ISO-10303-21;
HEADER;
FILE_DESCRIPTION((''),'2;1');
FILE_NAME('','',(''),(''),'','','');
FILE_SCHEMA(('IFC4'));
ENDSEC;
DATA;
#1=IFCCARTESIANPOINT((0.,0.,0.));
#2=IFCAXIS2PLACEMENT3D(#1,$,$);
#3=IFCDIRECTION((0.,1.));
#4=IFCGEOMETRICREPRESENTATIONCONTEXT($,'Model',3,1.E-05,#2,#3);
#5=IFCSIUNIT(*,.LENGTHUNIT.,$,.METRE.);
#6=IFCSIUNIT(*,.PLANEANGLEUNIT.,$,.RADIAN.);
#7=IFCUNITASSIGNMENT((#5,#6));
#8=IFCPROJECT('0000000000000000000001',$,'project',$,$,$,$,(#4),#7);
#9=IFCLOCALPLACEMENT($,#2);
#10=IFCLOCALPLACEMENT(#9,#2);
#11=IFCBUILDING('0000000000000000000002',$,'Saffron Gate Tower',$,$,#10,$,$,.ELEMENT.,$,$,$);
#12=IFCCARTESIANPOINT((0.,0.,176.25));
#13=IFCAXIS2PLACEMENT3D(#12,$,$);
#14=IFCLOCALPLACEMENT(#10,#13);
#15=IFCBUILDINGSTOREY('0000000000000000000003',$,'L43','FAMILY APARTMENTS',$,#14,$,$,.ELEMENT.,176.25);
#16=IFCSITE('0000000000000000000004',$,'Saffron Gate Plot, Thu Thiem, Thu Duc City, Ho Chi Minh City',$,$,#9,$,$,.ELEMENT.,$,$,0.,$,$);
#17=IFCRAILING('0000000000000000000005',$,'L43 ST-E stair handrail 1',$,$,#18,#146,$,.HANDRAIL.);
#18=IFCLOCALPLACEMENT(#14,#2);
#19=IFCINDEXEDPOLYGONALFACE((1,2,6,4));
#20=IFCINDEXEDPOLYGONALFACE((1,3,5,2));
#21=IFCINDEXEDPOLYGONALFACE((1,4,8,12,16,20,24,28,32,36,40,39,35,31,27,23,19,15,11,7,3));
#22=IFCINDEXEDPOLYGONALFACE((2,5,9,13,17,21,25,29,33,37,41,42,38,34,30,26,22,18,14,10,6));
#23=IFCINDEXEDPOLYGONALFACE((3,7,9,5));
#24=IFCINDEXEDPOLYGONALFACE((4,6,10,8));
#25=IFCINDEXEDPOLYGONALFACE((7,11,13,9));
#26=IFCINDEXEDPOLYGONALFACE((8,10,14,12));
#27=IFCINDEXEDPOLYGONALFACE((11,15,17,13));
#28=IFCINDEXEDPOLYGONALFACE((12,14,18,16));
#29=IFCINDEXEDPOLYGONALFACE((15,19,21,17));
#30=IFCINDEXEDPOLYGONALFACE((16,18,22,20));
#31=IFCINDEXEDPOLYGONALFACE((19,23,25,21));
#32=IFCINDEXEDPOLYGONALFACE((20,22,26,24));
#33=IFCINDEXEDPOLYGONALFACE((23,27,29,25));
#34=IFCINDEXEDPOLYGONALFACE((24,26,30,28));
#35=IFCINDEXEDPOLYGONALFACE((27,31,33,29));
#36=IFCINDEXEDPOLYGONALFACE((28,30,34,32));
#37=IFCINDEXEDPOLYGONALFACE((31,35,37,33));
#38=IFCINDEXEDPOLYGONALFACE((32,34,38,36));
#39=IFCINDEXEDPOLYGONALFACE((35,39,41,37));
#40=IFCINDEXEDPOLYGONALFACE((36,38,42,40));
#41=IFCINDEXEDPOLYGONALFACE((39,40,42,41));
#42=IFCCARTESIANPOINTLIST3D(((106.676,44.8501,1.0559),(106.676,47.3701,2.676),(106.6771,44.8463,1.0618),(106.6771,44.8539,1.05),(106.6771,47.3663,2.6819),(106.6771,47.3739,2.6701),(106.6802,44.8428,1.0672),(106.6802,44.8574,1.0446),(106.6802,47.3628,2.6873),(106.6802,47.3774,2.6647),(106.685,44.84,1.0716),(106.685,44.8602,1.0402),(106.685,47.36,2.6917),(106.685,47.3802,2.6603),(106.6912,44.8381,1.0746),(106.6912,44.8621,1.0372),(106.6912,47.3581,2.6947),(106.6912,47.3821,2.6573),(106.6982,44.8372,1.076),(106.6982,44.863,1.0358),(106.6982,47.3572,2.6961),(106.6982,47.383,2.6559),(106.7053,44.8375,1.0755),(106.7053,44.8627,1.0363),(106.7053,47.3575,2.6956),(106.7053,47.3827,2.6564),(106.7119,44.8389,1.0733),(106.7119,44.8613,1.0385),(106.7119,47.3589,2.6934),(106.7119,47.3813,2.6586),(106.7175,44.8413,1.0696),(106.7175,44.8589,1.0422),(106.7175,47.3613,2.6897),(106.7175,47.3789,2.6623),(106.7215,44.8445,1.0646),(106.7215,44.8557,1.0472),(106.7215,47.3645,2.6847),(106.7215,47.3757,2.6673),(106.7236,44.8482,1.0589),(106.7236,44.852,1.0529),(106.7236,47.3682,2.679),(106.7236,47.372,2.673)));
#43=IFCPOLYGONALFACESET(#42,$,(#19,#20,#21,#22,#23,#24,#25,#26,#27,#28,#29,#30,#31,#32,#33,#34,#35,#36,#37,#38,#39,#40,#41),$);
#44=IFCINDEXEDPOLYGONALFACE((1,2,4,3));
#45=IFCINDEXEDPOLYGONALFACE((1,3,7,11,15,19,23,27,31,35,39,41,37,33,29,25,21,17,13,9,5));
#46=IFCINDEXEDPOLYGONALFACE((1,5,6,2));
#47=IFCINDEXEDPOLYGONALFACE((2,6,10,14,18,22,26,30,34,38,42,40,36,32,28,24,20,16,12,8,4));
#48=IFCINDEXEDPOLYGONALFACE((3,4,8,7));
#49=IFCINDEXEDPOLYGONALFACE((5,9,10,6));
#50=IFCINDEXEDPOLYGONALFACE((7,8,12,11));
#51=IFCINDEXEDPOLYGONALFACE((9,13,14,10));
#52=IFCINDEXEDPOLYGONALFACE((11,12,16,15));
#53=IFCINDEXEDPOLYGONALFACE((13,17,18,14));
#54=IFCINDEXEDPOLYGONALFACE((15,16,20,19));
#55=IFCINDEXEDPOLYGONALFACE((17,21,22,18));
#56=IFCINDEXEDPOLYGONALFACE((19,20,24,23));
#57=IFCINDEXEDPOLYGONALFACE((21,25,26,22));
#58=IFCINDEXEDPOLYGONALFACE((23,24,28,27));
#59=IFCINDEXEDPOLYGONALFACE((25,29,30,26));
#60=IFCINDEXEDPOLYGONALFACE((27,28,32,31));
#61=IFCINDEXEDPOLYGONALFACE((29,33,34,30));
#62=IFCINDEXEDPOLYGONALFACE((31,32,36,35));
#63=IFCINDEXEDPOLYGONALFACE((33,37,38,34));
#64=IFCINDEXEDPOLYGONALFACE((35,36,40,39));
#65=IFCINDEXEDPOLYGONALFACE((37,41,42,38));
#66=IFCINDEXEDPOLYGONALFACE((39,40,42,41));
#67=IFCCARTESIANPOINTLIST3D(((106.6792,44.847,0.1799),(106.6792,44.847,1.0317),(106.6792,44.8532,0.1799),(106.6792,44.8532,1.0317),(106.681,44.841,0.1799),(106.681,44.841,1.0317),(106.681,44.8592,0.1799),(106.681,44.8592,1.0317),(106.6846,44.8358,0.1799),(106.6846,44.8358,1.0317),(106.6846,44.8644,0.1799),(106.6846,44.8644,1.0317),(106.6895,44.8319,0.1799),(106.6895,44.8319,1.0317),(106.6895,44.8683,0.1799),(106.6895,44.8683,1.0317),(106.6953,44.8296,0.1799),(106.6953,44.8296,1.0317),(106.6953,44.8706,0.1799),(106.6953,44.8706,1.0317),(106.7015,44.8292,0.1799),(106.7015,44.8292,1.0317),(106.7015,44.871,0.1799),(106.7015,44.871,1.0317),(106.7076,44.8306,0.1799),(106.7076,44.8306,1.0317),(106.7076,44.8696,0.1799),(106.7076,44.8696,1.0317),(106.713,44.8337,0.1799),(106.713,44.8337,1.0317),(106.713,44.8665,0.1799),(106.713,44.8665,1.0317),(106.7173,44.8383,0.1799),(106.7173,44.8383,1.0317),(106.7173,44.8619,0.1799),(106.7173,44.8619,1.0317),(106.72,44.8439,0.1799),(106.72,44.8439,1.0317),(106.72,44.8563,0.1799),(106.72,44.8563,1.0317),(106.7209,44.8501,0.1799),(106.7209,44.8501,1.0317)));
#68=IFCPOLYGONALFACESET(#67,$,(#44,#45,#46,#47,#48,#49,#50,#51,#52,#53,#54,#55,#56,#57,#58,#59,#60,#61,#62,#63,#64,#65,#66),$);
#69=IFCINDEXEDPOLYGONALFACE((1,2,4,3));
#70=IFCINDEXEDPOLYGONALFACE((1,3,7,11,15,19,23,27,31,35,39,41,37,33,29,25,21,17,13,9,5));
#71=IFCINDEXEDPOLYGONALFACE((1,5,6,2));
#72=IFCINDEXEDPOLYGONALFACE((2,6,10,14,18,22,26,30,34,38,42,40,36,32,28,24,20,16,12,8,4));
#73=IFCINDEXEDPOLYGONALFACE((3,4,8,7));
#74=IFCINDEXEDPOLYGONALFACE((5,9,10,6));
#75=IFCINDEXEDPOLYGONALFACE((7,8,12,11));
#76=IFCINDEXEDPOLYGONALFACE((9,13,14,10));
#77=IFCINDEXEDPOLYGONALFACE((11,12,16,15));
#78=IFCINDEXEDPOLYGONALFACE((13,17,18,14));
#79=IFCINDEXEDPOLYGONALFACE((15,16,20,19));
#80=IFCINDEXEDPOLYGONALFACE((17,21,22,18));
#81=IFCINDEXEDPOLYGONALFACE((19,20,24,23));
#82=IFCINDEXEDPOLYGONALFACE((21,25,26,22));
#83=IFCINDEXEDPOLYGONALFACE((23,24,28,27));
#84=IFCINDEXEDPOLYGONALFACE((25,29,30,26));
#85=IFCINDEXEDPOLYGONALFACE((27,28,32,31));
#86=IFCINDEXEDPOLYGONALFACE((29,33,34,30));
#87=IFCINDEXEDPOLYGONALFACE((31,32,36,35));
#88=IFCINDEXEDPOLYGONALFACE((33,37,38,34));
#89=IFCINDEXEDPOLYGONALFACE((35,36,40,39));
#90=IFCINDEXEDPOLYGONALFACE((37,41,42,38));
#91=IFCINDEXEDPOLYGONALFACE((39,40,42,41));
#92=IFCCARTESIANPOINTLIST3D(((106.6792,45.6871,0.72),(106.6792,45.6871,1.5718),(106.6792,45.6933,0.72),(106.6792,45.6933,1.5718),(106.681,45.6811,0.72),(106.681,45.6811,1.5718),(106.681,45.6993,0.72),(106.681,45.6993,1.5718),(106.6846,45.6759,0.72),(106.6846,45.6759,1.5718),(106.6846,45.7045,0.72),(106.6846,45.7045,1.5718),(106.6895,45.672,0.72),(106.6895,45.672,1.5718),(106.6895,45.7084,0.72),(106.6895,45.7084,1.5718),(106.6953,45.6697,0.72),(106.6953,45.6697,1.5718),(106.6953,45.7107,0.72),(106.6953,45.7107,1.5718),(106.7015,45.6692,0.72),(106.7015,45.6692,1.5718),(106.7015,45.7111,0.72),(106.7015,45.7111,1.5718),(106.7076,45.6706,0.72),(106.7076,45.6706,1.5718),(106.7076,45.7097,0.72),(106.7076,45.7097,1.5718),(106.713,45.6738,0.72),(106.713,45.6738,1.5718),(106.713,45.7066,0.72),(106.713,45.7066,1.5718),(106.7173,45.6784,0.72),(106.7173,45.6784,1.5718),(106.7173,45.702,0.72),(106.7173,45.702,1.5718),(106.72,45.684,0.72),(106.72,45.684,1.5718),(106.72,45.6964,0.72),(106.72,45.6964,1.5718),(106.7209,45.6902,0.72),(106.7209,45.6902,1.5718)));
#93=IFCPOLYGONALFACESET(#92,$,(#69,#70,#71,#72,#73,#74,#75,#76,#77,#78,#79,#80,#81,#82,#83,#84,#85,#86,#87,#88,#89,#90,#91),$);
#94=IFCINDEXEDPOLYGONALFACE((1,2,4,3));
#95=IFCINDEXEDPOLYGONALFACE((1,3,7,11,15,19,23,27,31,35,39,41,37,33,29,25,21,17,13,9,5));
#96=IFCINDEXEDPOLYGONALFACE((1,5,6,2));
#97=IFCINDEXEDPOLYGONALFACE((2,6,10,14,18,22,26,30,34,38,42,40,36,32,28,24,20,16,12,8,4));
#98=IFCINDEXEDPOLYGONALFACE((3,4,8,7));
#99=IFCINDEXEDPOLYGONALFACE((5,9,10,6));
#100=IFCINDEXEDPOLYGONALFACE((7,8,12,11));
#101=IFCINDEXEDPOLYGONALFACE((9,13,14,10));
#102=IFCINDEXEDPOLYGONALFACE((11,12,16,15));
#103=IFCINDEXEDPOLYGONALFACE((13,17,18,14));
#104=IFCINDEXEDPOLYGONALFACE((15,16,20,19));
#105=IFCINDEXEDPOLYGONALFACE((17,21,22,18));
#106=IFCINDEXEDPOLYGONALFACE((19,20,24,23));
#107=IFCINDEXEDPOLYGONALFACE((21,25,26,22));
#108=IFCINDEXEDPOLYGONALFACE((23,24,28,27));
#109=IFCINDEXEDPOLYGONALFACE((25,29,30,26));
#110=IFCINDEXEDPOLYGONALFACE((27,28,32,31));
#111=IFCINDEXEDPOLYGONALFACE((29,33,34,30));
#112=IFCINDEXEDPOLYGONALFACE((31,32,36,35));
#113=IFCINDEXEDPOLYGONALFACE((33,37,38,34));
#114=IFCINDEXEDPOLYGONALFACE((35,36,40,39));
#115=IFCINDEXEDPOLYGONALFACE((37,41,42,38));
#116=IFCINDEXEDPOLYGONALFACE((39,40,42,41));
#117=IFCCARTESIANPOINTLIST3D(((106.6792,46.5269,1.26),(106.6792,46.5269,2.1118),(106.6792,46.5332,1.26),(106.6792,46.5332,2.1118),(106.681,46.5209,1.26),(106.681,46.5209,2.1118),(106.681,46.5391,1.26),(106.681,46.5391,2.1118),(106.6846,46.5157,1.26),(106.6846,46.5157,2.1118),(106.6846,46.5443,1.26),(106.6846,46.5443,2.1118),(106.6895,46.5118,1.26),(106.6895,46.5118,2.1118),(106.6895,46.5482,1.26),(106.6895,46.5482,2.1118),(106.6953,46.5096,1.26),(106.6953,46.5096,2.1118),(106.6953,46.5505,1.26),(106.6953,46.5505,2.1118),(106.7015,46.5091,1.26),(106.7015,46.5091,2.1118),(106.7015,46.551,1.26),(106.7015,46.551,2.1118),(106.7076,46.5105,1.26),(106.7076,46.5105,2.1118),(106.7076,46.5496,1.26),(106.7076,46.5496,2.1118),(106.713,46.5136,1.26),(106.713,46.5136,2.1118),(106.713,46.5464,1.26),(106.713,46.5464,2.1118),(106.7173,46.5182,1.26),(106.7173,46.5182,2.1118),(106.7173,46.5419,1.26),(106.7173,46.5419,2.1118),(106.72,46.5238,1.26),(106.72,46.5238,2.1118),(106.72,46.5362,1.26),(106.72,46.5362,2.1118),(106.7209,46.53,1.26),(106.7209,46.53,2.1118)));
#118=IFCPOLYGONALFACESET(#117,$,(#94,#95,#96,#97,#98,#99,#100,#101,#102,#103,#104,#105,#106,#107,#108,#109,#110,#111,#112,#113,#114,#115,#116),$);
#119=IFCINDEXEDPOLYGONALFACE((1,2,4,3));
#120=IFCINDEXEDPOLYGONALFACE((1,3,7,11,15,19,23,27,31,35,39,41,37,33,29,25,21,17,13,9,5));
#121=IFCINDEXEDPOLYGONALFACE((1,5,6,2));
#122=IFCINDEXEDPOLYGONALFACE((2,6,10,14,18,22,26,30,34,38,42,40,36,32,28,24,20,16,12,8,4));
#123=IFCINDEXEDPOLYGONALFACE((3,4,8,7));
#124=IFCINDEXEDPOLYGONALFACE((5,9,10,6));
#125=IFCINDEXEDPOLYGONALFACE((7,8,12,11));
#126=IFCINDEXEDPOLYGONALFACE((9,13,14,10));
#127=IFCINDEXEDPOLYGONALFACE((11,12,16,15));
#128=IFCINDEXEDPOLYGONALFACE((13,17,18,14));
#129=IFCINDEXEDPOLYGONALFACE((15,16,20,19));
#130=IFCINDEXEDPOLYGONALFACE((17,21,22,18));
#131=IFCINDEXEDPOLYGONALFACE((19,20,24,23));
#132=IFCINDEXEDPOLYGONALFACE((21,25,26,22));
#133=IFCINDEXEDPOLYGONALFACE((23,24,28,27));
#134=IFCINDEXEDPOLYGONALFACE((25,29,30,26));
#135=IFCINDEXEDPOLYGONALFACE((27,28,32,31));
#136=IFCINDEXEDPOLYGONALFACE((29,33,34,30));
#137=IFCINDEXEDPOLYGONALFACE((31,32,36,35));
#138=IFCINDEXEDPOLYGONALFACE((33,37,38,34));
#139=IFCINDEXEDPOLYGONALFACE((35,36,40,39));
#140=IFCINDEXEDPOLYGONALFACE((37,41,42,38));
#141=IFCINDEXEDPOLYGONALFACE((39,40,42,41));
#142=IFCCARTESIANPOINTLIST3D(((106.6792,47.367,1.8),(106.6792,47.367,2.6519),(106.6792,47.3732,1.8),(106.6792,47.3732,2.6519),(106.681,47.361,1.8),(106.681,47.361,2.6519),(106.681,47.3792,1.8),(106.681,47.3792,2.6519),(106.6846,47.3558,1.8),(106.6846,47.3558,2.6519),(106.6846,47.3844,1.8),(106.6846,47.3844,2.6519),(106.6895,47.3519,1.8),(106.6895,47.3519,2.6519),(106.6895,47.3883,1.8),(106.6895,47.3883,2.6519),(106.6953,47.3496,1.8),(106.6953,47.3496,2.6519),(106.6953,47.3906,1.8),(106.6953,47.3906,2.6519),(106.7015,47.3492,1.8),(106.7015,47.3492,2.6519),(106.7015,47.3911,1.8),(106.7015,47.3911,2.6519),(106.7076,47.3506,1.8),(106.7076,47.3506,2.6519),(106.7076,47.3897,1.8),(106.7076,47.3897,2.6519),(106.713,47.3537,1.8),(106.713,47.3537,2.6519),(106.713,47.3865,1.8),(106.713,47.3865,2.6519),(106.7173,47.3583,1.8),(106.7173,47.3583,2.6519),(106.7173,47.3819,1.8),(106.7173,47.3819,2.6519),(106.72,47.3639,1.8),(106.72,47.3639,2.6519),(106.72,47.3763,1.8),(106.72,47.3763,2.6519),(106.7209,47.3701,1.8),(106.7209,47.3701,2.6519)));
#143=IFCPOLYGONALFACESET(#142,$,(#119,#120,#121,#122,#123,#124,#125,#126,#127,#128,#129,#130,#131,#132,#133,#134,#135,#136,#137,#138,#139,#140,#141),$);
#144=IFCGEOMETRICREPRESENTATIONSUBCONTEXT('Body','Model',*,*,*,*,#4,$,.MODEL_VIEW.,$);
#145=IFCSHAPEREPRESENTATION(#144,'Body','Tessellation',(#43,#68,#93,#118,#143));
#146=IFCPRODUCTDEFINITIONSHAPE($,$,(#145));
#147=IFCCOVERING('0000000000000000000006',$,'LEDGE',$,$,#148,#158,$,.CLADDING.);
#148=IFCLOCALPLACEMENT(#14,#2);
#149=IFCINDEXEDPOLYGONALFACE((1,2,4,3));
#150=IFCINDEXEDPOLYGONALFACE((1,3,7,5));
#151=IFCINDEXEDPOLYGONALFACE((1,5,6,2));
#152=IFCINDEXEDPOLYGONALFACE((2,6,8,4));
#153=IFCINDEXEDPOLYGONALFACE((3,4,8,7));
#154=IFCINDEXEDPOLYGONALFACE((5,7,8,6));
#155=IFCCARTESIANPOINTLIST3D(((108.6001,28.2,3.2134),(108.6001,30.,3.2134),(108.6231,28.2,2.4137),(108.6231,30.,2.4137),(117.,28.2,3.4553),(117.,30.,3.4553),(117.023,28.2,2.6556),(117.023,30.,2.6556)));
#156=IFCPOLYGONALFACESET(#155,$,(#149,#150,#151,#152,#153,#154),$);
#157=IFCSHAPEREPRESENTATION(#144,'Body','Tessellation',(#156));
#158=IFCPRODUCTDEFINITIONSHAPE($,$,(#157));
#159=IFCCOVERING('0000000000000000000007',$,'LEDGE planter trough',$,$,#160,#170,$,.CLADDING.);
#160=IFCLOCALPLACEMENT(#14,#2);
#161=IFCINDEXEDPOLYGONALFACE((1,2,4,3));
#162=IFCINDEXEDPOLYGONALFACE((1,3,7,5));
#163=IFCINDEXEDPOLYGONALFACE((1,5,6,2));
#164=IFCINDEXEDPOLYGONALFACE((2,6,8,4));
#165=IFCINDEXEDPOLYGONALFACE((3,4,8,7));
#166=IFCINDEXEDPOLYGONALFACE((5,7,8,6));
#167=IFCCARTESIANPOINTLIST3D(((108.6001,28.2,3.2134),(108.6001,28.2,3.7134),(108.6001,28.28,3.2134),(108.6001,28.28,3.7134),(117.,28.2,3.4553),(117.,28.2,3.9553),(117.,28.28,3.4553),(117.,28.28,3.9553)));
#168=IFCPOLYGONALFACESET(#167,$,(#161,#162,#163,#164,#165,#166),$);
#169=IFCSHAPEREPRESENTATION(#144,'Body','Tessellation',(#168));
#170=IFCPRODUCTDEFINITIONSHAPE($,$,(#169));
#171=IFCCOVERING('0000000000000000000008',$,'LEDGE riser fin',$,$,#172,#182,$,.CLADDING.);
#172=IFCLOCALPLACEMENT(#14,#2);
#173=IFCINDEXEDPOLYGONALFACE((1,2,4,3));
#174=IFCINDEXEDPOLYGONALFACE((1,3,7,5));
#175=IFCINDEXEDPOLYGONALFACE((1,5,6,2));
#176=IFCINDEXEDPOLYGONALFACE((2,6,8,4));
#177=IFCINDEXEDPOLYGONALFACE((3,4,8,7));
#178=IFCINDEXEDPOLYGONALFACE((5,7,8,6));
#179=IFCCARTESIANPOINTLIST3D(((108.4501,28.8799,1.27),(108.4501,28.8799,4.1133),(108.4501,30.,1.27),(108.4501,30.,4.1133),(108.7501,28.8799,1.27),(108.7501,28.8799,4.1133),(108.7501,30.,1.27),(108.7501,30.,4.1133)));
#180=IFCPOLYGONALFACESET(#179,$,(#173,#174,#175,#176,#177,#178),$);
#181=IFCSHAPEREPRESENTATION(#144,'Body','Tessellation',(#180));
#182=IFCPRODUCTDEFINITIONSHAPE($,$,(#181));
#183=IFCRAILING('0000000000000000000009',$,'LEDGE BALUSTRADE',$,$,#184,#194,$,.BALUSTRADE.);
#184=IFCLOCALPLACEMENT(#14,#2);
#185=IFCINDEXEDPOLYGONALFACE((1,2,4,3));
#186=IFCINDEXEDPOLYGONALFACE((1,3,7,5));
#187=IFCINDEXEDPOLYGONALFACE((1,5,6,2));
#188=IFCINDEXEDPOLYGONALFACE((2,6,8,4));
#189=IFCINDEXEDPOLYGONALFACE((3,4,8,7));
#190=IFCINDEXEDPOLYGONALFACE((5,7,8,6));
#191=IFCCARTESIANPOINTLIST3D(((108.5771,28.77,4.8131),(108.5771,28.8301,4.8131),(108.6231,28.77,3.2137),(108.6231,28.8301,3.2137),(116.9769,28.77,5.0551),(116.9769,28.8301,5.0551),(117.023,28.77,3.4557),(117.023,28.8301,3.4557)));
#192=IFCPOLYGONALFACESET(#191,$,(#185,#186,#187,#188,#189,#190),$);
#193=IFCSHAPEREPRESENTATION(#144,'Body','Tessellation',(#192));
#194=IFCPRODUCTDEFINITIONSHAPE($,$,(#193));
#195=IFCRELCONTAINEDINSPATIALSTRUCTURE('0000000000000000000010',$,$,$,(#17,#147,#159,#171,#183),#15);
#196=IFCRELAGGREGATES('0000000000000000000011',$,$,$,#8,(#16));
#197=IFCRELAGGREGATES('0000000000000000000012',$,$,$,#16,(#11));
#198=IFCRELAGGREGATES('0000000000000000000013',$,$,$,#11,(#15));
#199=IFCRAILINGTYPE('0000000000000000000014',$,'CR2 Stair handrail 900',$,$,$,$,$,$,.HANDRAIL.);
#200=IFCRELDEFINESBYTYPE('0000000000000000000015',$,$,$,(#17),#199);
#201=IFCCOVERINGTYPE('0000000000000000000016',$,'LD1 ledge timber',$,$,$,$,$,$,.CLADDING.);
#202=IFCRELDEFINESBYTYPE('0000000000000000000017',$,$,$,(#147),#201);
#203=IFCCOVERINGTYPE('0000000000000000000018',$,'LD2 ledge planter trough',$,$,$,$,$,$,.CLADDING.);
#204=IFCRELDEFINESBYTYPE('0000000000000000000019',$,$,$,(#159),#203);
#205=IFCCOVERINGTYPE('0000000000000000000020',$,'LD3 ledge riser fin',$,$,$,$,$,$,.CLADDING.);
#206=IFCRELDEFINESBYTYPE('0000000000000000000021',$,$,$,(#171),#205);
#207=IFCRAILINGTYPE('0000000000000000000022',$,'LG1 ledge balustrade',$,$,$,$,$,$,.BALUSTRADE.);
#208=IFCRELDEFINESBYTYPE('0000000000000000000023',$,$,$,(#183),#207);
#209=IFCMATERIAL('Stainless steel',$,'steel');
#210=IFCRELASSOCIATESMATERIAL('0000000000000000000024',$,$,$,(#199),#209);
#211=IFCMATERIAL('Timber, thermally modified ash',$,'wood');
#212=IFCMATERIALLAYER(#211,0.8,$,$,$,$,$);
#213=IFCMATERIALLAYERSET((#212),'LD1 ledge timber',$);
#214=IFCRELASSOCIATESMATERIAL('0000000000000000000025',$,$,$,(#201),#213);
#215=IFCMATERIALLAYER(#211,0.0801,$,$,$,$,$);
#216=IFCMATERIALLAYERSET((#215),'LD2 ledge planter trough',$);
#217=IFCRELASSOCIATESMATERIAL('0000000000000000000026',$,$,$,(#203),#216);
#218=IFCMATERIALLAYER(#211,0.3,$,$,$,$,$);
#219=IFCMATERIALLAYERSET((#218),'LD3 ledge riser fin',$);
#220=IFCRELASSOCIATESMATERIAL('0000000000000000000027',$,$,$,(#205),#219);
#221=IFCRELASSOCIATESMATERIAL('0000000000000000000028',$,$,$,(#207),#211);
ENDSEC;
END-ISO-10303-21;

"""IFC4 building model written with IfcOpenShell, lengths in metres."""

from ifc_helpers import new_model, si_unit, direction, frame, origin, origin_2d, place, context, subcontext, project, spatial, polyline, rectangle, circle, outline, extrude, material, layer, layer_set, type_object, element, save


model = new_model("IFC4")

# Units and contexts
model_context = context("Model", 3, precision=1e-05, world=origin(), true_north=direction((0.0, 1.0)))
body_context = subcontext(model_context, "Body", "Model", "MODEL_VIEW")
ifc_project = project(units=[si_unit("LENGTHUNIT", "METRE"), si_unit("PLANEANGLEUNIT", "RADIAN")], contexts=[model_context])

# Site, building, storey
site_placement = place(None, origin())
site = spatial("IfcSite", under=ifc_project, at=site_placement, Name="Saffron Gate Plot, Thu Thiem, Thu Duc City, Ho Chi Minh City", CompositionType="ELEMENT", RefElevation=0.0)
building_placement = place(site_placement, origin())
building = spatial("IfcBuilding", under=site, at=building_placement, Name="Saffron Gate Tower", CompositionType="ELEMENT")
storey_placement = place(building_placement, frame((0.0, 0.0, 176.25)))
storey = spatial("IfcBuildingStorey", under=building, at=storey_placement, Name="L43", Description="FAMILY APARTMENTS", CompositionType="ELEMENT", Elevation=176.25)

# Railing
ifc_material_1 = material(Name="Stainless steel", Category="steel")
railing_type_1 = type_object("IfcRailingType", Name="CR2 Stair handrail 900", PredefinedType="HANDRAIL", material=ifc_material_1)
railing_1_placement = place(storey_placement, frame((106.7, 44.8501, 0.1799)))
element("IfcRailing", 1, at=railing_1_placement, inside=storey, type_object=railing_type_1, Name="L43 ST-E stair handrail 1", PredefinedType="HANDRAIL", context=body_context, shape_type="SweptSolid", body=[
    extrude(circle(Radius=0.0239, at=origin_2d()), frame((0.0, 0.0, 0.876), z_axis=(0.0, 0.841163, 0.540782), x_axis=(-1.0, 0.0, 0.0)), (0.0, 0.0, 1.0), 2.9958),
    extrude(circle(Radius=0.021, at=origin_2d()), origin(), (0.0, 0.0, 1.0), 0.8518),
    extrude(circle(Radius=0.021, at=origin_2d()), frame((0.0, 0.8401, 0.54)), (0.0, 0.0, 1.0), 0.8518),
    extrude(circle(Radius=0.021, at=origin_2d()), frame((0.0, 1.6799, 1.0801)), (0.0, 0.0, 1.0), 0.8518),
    extrude(circle(Radius=0.021, at=origin_2d()), frame((0.0, 2.52, 1.6201)), (0.0, 0.0, 1.0), 0.8518),
])

# Coverings
ifc_material_2 = material(Name="Timber, thermally modified ash", Category="wood")
ifc_layer_1 = layer(ifc_material_2, 0.8)
ifc_layer_set_1 = layer_set([ifc_layer_1], Name="LD1 ledge timber")
covering_type_1 = type_object("IfcCoveringType", Name="LD1 ledge timber", PredefinedType="CLADDING", material=ifc_layer_set_1)
covering_1_placement = place(storey_placement, frame((108.6001, 30.0, 3.2134), z_axis=(-0.028791, 0.0, 0.999585), x_axis=(0.999585, 0.0, 0.028791)))
element("IfcCovering", 2, at=covering_1_placement, inside=storey, type_object=covering_type_1, Name="LEDGE", PredefinedType="CLADDING", context=body_context, shape_type="SweptSolid", body=[
    extrude(outline(polyline([(0.0, 0.0), (8.4034, 0.0), (8.4034, -1.8), (0.0, -1.8), (0.0, 0.0)])), origin(), (0.0, 0.0, -1.0), 0.8),
])
ifc_layer_2 = layer(ifc_material_2, 0.0801)
ifc_layer_set_2 = layer_set([ifc_layer_2], Name="LD2 ledge planter trough")
covering_type_2 = type_object("IfcCoveringType", Name="LD2 ledge planter trough", PredefinedType="CLADDING", material=ifc_layer_set_2)
covering_2_placement = place(storey_placement, frame((108.6001, 28.2, 3.2134), z_axis=(0.0, -1.0, 0.0), x_axis=(0.999585, 0.0, 0.028791)))
element("IfcCovering", 3, at=covering_2_placement, inside=storey, type_object=covering_type_2, Name="LEDGE planter trough", PredefinedType="CLADDING", context=body_context, shape_type="SweptSolid", body=[
    extrude(outline(polyline([(0.0, 0.0), (8.4034, 0.0), (8.4178, 0.4998), (0.0144, 0.4998), (0.0, 0.0)])), origin(), (0.0, 0.0, -1.0), 0.0801),
])
ifc_layer_3 = layer(ifc_material_2, 0.3)
ifc_layer_set_3 = layer_set([ifc_layer_3], Name="LD3 ledge riser fin")
covering_type_3 = type_object("IfcCoveringType", Name="LD3 ledge riser fin", PredefinedType="CLADDING", material=ifc_layer_set_3)
covering_3_placement = place(storey_placement, frame((108.6001, 29.4399, 1.27), z_axis=(0.0, 0.0, 1.0), x_axis=(1.0, 0.0, 0.0)))
element("IfcCovering", 4, at=covering_3_placement, inside=storey, type_object=covering_type_3, Name="LEDGE riser fin", PredefinedType="CLADDING", context=body_context, shape_type="SweptSolid", body=[
    extrude(rectangle(XDim=0.3, YDim=1.1201, at=origin_2d()), origin(), (0.0, 0.0, 1.0), 2.8433),
])

# Railing
railing_type_2 = type_object("IfcRailingType", Name="LG1 ledge balustrade", PredefinedType="BALUSTRADE", material=ifc_material_2)
railing_2_placement = place(storey_placement, frame((108.6001, 28.8, 3.2134)))
element("IfcRailing", 5, at=railing_2_placement, inside=storey, type_object=railing_type_2, Name="LEDGE BALUSTRADE", PredefinedType="BALUSTRADE", context=body_context, shape_type="SweptSolid", body=[
    extrude(rectangle(XDim=0.0601, YDim=1.6001, at=origin_2d()), frame((0.0, 0.0, 0.8), z_axis=(0.999585, 0.0, 0.028791), x_axis=(0.0, 1.0, 0.0)), (0.0, 0.0, 1.0), 8.4033),
])

save(model, "model.ifc")
